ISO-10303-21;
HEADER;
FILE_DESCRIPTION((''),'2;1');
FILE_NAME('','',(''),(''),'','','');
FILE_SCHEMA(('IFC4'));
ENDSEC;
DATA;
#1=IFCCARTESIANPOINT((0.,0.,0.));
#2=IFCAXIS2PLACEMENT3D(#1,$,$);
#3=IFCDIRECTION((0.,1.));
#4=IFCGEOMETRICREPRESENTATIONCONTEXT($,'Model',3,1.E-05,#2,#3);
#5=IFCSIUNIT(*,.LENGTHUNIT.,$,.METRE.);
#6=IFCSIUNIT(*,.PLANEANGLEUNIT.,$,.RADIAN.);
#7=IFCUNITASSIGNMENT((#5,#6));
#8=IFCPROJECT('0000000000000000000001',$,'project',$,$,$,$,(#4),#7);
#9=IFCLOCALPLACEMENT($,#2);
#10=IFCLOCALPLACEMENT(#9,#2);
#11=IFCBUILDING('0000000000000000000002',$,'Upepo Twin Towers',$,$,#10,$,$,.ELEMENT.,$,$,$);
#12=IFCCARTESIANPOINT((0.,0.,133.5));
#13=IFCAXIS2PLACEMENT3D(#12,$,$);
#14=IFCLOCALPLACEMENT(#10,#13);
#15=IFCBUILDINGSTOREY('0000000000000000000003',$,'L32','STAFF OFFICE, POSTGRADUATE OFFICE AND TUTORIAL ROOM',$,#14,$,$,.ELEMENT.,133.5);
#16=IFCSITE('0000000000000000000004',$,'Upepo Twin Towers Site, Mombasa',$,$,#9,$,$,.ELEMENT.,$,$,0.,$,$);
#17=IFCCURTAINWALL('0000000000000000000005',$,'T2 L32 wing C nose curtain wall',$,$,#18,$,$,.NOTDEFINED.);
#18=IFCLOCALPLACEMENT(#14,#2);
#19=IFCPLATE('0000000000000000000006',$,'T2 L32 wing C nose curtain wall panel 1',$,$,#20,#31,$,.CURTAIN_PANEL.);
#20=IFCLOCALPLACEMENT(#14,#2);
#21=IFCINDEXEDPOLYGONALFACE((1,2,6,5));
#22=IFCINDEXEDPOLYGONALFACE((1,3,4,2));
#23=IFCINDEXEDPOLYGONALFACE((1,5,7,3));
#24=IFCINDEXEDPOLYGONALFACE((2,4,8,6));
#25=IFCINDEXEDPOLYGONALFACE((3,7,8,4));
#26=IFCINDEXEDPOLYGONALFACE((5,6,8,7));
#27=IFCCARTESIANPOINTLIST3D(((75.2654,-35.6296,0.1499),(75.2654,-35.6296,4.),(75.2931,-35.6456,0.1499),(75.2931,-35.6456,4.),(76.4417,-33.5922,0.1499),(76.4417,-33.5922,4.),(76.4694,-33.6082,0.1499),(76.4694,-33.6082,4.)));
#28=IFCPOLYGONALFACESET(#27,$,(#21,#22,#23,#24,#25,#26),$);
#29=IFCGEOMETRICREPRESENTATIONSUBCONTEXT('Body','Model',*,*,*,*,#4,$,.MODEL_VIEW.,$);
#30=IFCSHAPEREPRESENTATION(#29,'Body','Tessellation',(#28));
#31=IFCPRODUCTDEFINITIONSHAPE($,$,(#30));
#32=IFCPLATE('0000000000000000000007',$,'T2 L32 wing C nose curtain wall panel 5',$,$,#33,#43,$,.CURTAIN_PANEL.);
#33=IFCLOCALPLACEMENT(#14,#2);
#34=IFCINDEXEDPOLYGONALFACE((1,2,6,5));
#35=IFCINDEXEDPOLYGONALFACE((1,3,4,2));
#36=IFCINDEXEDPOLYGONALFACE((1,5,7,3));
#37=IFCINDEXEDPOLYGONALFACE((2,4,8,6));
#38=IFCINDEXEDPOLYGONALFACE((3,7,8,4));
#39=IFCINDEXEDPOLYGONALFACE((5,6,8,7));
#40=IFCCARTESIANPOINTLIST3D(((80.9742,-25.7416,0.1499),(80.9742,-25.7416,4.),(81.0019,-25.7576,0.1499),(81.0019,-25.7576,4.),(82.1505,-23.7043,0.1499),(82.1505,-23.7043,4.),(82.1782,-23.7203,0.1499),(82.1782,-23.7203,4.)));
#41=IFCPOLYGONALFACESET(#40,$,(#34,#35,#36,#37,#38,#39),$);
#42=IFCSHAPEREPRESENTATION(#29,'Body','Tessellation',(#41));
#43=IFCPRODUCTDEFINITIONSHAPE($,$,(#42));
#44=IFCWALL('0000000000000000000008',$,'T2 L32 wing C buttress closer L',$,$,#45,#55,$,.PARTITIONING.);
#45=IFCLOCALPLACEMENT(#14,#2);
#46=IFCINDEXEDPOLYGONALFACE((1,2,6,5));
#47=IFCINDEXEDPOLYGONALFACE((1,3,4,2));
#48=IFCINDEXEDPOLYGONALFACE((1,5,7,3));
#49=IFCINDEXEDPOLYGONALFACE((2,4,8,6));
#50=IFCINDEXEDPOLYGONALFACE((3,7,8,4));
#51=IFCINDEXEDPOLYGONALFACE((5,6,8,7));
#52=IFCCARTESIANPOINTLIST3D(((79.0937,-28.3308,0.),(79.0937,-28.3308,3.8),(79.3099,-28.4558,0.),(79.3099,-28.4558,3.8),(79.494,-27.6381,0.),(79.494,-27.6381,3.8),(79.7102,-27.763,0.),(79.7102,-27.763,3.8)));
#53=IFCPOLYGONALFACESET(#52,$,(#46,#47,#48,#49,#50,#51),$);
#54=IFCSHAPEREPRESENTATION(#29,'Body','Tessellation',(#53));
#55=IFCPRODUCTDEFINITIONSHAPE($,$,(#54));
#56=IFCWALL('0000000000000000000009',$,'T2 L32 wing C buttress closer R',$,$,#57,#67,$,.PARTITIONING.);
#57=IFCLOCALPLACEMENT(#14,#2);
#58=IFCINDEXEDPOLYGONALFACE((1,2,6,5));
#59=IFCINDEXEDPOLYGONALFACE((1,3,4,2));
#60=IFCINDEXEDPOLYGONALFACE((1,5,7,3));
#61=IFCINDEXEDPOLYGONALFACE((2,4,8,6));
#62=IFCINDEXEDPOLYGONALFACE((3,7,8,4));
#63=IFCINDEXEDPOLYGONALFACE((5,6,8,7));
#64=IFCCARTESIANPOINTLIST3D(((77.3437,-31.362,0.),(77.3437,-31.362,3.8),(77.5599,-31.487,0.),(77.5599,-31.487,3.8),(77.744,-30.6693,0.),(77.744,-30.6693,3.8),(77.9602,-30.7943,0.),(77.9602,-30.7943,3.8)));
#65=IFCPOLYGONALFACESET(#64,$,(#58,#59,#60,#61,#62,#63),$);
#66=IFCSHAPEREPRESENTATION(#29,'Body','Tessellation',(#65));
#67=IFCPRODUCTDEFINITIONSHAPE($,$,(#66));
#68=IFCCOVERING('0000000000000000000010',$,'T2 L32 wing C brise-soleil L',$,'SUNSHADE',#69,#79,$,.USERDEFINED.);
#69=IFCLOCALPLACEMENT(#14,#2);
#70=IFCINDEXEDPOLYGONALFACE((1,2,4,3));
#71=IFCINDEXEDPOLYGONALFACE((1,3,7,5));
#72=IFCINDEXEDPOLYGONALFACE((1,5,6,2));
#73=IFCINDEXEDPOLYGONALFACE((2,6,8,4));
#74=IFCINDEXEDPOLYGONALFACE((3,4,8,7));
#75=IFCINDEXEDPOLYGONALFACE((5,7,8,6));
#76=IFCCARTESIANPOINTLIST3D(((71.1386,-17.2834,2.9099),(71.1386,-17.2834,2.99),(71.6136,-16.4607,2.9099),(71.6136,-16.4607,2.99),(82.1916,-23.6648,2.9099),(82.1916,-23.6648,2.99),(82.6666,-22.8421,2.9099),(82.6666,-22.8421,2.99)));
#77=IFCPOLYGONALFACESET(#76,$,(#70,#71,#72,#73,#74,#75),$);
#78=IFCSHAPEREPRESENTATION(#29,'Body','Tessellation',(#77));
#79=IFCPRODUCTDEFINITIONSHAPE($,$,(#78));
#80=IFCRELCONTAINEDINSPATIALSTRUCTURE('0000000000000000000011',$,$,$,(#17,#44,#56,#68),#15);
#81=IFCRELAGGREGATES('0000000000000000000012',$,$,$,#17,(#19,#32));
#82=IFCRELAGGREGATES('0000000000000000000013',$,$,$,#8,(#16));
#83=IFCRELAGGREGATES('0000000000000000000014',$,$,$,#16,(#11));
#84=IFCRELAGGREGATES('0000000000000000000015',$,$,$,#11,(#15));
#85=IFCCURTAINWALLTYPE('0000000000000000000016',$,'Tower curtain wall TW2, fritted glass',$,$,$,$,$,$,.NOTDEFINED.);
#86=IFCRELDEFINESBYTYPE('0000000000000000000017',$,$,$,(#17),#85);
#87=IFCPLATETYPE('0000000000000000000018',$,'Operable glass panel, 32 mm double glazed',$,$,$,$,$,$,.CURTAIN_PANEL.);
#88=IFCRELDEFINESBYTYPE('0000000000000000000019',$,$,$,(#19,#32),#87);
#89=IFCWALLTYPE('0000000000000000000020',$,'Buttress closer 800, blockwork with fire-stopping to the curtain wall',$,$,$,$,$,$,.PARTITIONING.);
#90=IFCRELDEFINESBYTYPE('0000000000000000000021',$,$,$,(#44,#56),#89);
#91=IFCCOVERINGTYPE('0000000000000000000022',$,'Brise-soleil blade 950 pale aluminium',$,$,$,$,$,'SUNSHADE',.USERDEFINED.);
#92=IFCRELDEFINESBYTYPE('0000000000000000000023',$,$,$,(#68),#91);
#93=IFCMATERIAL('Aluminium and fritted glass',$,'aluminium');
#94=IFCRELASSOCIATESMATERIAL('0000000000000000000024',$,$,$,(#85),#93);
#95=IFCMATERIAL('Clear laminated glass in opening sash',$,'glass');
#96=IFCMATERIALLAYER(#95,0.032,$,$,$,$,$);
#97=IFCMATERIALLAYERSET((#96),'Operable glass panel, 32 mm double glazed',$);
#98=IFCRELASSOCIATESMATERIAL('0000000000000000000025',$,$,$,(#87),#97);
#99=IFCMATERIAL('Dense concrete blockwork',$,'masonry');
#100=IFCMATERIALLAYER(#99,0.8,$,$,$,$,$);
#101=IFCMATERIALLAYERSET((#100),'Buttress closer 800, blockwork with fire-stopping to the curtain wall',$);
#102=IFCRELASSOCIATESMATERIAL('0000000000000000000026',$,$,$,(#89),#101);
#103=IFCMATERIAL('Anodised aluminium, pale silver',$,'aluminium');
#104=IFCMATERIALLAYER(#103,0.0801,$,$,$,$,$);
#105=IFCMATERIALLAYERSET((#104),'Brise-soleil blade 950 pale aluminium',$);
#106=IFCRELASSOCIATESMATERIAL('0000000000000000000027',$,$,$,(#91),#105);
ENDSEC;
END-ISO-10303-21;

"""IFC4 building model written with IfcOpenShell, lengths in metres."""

from ifc_helpers import new_model, si_unit, direction, frame, frame_2d, origin, origin_2d, place, context, subcontext, project, spatial, rectangle, extrude, material, layer, layer_set, type_object, element, aggregate, save


model = new_model("IFC4")

# Units and contexts
model_context = context("Model", 3, precision=1e-05, world=origin(), true_north=direction((0.0, 1.0)))
body_context = subcontext(model_context, "Body", "Model", "MODEL_VIEW")
ifc_project = project(units=[si_unit("LENGTHUNIT", "METRE"), si_unit("PLANEANGLEUNIT", "RADIAN")], contexts=[model_context])

# Site, building, storey
site_placement = place(None, origin())
site = spatial("IfcSite", under=ifc_project, at=site_placement, Name="Upepo Twin Towers Site, Mombasa", CompositionType="ELEMENT", RefElevation=0.0)
building_placement = place(site_placement, origin())
building = spatial("IfcBuilding", under=site, at=building_placement, Name="Upepo Twin Towers", CompositionType="ELEMENT")
storey_placement = place(building_placement, frame((0.0, 0.0, 133.5)))
storey = spatial("IfcBuildingStorey", under=building, at=storey_placement, Name="L32", Description="STAFF OFFICE, POSTGRADUATE OFFICE AND TUTORIAL ROOM", CompositionType="ELEMENT", Elevation=133.5)

# Shared definitions
ifc_material_1 = material(Name="Aluminium and fritted glass", Category="aluminium")
curtain_wall_type = type_object("IfcCurtainWallType", Name="Tower curtain wall TW2, fritted glass", PredefinedType="NOTDEFINED", material=ifc_material_1)

# Curtain wall
curtain_wall_1_placement = place(storey_placement, origin())
curtain_wall_1 = element("IfcCurtainWall", 1, at=curtain_wall_1_placement, inside=storey, type_object=curtain_wall_type, Name="T2 L32 wing C nose curtain wall", PredefinedType="NOTDEFINED")

# Plates
ifc_material_2 = material(Name="Clear laminated glass in opening sash", Category="glass")
ifc_layer_1 = layer(ifc_material_2, 0.032)
ifc_layer_set_1 = layer_set([ifc_layer_1], Name="Operable glass panel, 32 mm double glazed")
plate_type_1 = type_object("IfcPlateType", Name="Operable glass panel, 32 mm double glazed", PredefinedType="CURTAIN_PANEL", material=ifc_layer_set_1)
plate_1_placement = place(storey_placement, frame((75.8674, -34.6189, 0.1499), z_axis=(0.0, 0.0, 1.0), x_axis=(0.5, 0.866025, 0.0)))
plate_1 = element("IfcPlate", 2, at=plate_1_placement, type_object=plate_type_1, Name="T2 L32 wing C nose curtain wall panel 1", PredefinedType="CURTAIN_PANEL", context=body_context, shape_type="SweptSolid", body=[
    extrude(rectangle(XDim=2.3525, YDim=0.032, at=origin_2d()), origin(), (0.0, 0.0, 1.0), 3.8501),
])
plate_2_placement = place(storey_placement, frame((81.5762, -24.731, 0.1499), z_axis=(0.0, 0.0, 1.0), x_axis=(0.5, 0.866025, 0.0)))
plate_2 = element("IfcPlate", 3, at=plate_2_placement, type_object=plate_type_1, Name="T2 L32 wing C nose curtain wall panel 5", PredefinedType="CURTAIN_PANEL", context=body_context, shape_type="SweptSolid", body=[
    extrude(rectangle(XDim=2.3525, YDim=0.032, at=origin_2d()), origin(), (0.0, 0.0, 1.0), 3.8501),
])
aggregate(curtain_wall_1, [plate_1, plate_2])

# Walls
ifc_material_3 = material(Name="Dense concrete blockwork", Category="masonry")
ifc_layer_2 = layer(ifc_material_3, 0.8)
ifc_layer_set_2 = layer_set([ifc_layer_2], Name="Buttress closer 800, blockwork with fire-stopping to the curtain wall")
wall_type = type_object("IfcWallType", Name="Buttress closer 800, blockwork with fire-stopping to the curtain wall", PredefinedType="PARTITIONING", material=ifc_layer_set_2)
for number, where, z_axis, x_axis, name in (
    (4, (79.2937, -27.9844, 0.0), (0.0, 0.0, 1.0), (0.865827, -0.500343, 0.0), "T2 L32 wing C buttress closer L"),
    (5, (77.5437, -31.0156, 0.0), (0.0, 0.0, 1.0), (0.865827, -0.500343, 0.0), "T2 L32 wing C buttress closer R"),
):
    element("IfcWall", number, at=place(storey_placement, frame(where, z_axis=z_axis, x_axis=x_axis)), inside=storey, type_object=wall_type, Name=name, PredefinedType="PARTITIONING", context=body_context, shape_type="SweptSolid", body=[
        extrude(rectangle(XDim=0.2498, YDim=0.8, at=frame_2d((0.125, 0.0))), origin(), (0.0, 0.0, 1.0), 3.8),
    ])

# Covering
ifc_material_4 = material(Name="Anodised aluminium, pale silver", Category="aluminium")
ifc_layer_3 = layer(ifc_material_4, 0.0801)
ifc_layer_set_3 = layer_set([ifc_layer_3], Name="Brise-soleil blade 950 pale aluminium")
covering_type = type_object("IfcCoveringType", Name="Brise-soleil blade 950 pale aluminium", ElementType="SUNSHADE", PredefinedType="USERDEFINED", material=ifc_layer_set_3)
covering_placement = place(storey_placement, frame((76.9026, -20.0627, 2.9099), z_axis=(0.0, 0.0, 1.0), x_axis=(0.866025, -0.5, 0.0)))
element("IfcCovering", 6, at=covering_placement, inside=storey, type_object=covering_type, Name="T2 L32 wing C brise-soleil L", ObjectType="SUNSHADE", PredefinedType="USERDEFINED", context=body_context, shape_type="SweptSolid", body=[
    extrude(rectangle(XDim=12.7629, YDim=0.95, at=origin_2d()), origin(), (0.0, 0.0, 1.0), 0.0801),
])

save(model, "model.ifc")
